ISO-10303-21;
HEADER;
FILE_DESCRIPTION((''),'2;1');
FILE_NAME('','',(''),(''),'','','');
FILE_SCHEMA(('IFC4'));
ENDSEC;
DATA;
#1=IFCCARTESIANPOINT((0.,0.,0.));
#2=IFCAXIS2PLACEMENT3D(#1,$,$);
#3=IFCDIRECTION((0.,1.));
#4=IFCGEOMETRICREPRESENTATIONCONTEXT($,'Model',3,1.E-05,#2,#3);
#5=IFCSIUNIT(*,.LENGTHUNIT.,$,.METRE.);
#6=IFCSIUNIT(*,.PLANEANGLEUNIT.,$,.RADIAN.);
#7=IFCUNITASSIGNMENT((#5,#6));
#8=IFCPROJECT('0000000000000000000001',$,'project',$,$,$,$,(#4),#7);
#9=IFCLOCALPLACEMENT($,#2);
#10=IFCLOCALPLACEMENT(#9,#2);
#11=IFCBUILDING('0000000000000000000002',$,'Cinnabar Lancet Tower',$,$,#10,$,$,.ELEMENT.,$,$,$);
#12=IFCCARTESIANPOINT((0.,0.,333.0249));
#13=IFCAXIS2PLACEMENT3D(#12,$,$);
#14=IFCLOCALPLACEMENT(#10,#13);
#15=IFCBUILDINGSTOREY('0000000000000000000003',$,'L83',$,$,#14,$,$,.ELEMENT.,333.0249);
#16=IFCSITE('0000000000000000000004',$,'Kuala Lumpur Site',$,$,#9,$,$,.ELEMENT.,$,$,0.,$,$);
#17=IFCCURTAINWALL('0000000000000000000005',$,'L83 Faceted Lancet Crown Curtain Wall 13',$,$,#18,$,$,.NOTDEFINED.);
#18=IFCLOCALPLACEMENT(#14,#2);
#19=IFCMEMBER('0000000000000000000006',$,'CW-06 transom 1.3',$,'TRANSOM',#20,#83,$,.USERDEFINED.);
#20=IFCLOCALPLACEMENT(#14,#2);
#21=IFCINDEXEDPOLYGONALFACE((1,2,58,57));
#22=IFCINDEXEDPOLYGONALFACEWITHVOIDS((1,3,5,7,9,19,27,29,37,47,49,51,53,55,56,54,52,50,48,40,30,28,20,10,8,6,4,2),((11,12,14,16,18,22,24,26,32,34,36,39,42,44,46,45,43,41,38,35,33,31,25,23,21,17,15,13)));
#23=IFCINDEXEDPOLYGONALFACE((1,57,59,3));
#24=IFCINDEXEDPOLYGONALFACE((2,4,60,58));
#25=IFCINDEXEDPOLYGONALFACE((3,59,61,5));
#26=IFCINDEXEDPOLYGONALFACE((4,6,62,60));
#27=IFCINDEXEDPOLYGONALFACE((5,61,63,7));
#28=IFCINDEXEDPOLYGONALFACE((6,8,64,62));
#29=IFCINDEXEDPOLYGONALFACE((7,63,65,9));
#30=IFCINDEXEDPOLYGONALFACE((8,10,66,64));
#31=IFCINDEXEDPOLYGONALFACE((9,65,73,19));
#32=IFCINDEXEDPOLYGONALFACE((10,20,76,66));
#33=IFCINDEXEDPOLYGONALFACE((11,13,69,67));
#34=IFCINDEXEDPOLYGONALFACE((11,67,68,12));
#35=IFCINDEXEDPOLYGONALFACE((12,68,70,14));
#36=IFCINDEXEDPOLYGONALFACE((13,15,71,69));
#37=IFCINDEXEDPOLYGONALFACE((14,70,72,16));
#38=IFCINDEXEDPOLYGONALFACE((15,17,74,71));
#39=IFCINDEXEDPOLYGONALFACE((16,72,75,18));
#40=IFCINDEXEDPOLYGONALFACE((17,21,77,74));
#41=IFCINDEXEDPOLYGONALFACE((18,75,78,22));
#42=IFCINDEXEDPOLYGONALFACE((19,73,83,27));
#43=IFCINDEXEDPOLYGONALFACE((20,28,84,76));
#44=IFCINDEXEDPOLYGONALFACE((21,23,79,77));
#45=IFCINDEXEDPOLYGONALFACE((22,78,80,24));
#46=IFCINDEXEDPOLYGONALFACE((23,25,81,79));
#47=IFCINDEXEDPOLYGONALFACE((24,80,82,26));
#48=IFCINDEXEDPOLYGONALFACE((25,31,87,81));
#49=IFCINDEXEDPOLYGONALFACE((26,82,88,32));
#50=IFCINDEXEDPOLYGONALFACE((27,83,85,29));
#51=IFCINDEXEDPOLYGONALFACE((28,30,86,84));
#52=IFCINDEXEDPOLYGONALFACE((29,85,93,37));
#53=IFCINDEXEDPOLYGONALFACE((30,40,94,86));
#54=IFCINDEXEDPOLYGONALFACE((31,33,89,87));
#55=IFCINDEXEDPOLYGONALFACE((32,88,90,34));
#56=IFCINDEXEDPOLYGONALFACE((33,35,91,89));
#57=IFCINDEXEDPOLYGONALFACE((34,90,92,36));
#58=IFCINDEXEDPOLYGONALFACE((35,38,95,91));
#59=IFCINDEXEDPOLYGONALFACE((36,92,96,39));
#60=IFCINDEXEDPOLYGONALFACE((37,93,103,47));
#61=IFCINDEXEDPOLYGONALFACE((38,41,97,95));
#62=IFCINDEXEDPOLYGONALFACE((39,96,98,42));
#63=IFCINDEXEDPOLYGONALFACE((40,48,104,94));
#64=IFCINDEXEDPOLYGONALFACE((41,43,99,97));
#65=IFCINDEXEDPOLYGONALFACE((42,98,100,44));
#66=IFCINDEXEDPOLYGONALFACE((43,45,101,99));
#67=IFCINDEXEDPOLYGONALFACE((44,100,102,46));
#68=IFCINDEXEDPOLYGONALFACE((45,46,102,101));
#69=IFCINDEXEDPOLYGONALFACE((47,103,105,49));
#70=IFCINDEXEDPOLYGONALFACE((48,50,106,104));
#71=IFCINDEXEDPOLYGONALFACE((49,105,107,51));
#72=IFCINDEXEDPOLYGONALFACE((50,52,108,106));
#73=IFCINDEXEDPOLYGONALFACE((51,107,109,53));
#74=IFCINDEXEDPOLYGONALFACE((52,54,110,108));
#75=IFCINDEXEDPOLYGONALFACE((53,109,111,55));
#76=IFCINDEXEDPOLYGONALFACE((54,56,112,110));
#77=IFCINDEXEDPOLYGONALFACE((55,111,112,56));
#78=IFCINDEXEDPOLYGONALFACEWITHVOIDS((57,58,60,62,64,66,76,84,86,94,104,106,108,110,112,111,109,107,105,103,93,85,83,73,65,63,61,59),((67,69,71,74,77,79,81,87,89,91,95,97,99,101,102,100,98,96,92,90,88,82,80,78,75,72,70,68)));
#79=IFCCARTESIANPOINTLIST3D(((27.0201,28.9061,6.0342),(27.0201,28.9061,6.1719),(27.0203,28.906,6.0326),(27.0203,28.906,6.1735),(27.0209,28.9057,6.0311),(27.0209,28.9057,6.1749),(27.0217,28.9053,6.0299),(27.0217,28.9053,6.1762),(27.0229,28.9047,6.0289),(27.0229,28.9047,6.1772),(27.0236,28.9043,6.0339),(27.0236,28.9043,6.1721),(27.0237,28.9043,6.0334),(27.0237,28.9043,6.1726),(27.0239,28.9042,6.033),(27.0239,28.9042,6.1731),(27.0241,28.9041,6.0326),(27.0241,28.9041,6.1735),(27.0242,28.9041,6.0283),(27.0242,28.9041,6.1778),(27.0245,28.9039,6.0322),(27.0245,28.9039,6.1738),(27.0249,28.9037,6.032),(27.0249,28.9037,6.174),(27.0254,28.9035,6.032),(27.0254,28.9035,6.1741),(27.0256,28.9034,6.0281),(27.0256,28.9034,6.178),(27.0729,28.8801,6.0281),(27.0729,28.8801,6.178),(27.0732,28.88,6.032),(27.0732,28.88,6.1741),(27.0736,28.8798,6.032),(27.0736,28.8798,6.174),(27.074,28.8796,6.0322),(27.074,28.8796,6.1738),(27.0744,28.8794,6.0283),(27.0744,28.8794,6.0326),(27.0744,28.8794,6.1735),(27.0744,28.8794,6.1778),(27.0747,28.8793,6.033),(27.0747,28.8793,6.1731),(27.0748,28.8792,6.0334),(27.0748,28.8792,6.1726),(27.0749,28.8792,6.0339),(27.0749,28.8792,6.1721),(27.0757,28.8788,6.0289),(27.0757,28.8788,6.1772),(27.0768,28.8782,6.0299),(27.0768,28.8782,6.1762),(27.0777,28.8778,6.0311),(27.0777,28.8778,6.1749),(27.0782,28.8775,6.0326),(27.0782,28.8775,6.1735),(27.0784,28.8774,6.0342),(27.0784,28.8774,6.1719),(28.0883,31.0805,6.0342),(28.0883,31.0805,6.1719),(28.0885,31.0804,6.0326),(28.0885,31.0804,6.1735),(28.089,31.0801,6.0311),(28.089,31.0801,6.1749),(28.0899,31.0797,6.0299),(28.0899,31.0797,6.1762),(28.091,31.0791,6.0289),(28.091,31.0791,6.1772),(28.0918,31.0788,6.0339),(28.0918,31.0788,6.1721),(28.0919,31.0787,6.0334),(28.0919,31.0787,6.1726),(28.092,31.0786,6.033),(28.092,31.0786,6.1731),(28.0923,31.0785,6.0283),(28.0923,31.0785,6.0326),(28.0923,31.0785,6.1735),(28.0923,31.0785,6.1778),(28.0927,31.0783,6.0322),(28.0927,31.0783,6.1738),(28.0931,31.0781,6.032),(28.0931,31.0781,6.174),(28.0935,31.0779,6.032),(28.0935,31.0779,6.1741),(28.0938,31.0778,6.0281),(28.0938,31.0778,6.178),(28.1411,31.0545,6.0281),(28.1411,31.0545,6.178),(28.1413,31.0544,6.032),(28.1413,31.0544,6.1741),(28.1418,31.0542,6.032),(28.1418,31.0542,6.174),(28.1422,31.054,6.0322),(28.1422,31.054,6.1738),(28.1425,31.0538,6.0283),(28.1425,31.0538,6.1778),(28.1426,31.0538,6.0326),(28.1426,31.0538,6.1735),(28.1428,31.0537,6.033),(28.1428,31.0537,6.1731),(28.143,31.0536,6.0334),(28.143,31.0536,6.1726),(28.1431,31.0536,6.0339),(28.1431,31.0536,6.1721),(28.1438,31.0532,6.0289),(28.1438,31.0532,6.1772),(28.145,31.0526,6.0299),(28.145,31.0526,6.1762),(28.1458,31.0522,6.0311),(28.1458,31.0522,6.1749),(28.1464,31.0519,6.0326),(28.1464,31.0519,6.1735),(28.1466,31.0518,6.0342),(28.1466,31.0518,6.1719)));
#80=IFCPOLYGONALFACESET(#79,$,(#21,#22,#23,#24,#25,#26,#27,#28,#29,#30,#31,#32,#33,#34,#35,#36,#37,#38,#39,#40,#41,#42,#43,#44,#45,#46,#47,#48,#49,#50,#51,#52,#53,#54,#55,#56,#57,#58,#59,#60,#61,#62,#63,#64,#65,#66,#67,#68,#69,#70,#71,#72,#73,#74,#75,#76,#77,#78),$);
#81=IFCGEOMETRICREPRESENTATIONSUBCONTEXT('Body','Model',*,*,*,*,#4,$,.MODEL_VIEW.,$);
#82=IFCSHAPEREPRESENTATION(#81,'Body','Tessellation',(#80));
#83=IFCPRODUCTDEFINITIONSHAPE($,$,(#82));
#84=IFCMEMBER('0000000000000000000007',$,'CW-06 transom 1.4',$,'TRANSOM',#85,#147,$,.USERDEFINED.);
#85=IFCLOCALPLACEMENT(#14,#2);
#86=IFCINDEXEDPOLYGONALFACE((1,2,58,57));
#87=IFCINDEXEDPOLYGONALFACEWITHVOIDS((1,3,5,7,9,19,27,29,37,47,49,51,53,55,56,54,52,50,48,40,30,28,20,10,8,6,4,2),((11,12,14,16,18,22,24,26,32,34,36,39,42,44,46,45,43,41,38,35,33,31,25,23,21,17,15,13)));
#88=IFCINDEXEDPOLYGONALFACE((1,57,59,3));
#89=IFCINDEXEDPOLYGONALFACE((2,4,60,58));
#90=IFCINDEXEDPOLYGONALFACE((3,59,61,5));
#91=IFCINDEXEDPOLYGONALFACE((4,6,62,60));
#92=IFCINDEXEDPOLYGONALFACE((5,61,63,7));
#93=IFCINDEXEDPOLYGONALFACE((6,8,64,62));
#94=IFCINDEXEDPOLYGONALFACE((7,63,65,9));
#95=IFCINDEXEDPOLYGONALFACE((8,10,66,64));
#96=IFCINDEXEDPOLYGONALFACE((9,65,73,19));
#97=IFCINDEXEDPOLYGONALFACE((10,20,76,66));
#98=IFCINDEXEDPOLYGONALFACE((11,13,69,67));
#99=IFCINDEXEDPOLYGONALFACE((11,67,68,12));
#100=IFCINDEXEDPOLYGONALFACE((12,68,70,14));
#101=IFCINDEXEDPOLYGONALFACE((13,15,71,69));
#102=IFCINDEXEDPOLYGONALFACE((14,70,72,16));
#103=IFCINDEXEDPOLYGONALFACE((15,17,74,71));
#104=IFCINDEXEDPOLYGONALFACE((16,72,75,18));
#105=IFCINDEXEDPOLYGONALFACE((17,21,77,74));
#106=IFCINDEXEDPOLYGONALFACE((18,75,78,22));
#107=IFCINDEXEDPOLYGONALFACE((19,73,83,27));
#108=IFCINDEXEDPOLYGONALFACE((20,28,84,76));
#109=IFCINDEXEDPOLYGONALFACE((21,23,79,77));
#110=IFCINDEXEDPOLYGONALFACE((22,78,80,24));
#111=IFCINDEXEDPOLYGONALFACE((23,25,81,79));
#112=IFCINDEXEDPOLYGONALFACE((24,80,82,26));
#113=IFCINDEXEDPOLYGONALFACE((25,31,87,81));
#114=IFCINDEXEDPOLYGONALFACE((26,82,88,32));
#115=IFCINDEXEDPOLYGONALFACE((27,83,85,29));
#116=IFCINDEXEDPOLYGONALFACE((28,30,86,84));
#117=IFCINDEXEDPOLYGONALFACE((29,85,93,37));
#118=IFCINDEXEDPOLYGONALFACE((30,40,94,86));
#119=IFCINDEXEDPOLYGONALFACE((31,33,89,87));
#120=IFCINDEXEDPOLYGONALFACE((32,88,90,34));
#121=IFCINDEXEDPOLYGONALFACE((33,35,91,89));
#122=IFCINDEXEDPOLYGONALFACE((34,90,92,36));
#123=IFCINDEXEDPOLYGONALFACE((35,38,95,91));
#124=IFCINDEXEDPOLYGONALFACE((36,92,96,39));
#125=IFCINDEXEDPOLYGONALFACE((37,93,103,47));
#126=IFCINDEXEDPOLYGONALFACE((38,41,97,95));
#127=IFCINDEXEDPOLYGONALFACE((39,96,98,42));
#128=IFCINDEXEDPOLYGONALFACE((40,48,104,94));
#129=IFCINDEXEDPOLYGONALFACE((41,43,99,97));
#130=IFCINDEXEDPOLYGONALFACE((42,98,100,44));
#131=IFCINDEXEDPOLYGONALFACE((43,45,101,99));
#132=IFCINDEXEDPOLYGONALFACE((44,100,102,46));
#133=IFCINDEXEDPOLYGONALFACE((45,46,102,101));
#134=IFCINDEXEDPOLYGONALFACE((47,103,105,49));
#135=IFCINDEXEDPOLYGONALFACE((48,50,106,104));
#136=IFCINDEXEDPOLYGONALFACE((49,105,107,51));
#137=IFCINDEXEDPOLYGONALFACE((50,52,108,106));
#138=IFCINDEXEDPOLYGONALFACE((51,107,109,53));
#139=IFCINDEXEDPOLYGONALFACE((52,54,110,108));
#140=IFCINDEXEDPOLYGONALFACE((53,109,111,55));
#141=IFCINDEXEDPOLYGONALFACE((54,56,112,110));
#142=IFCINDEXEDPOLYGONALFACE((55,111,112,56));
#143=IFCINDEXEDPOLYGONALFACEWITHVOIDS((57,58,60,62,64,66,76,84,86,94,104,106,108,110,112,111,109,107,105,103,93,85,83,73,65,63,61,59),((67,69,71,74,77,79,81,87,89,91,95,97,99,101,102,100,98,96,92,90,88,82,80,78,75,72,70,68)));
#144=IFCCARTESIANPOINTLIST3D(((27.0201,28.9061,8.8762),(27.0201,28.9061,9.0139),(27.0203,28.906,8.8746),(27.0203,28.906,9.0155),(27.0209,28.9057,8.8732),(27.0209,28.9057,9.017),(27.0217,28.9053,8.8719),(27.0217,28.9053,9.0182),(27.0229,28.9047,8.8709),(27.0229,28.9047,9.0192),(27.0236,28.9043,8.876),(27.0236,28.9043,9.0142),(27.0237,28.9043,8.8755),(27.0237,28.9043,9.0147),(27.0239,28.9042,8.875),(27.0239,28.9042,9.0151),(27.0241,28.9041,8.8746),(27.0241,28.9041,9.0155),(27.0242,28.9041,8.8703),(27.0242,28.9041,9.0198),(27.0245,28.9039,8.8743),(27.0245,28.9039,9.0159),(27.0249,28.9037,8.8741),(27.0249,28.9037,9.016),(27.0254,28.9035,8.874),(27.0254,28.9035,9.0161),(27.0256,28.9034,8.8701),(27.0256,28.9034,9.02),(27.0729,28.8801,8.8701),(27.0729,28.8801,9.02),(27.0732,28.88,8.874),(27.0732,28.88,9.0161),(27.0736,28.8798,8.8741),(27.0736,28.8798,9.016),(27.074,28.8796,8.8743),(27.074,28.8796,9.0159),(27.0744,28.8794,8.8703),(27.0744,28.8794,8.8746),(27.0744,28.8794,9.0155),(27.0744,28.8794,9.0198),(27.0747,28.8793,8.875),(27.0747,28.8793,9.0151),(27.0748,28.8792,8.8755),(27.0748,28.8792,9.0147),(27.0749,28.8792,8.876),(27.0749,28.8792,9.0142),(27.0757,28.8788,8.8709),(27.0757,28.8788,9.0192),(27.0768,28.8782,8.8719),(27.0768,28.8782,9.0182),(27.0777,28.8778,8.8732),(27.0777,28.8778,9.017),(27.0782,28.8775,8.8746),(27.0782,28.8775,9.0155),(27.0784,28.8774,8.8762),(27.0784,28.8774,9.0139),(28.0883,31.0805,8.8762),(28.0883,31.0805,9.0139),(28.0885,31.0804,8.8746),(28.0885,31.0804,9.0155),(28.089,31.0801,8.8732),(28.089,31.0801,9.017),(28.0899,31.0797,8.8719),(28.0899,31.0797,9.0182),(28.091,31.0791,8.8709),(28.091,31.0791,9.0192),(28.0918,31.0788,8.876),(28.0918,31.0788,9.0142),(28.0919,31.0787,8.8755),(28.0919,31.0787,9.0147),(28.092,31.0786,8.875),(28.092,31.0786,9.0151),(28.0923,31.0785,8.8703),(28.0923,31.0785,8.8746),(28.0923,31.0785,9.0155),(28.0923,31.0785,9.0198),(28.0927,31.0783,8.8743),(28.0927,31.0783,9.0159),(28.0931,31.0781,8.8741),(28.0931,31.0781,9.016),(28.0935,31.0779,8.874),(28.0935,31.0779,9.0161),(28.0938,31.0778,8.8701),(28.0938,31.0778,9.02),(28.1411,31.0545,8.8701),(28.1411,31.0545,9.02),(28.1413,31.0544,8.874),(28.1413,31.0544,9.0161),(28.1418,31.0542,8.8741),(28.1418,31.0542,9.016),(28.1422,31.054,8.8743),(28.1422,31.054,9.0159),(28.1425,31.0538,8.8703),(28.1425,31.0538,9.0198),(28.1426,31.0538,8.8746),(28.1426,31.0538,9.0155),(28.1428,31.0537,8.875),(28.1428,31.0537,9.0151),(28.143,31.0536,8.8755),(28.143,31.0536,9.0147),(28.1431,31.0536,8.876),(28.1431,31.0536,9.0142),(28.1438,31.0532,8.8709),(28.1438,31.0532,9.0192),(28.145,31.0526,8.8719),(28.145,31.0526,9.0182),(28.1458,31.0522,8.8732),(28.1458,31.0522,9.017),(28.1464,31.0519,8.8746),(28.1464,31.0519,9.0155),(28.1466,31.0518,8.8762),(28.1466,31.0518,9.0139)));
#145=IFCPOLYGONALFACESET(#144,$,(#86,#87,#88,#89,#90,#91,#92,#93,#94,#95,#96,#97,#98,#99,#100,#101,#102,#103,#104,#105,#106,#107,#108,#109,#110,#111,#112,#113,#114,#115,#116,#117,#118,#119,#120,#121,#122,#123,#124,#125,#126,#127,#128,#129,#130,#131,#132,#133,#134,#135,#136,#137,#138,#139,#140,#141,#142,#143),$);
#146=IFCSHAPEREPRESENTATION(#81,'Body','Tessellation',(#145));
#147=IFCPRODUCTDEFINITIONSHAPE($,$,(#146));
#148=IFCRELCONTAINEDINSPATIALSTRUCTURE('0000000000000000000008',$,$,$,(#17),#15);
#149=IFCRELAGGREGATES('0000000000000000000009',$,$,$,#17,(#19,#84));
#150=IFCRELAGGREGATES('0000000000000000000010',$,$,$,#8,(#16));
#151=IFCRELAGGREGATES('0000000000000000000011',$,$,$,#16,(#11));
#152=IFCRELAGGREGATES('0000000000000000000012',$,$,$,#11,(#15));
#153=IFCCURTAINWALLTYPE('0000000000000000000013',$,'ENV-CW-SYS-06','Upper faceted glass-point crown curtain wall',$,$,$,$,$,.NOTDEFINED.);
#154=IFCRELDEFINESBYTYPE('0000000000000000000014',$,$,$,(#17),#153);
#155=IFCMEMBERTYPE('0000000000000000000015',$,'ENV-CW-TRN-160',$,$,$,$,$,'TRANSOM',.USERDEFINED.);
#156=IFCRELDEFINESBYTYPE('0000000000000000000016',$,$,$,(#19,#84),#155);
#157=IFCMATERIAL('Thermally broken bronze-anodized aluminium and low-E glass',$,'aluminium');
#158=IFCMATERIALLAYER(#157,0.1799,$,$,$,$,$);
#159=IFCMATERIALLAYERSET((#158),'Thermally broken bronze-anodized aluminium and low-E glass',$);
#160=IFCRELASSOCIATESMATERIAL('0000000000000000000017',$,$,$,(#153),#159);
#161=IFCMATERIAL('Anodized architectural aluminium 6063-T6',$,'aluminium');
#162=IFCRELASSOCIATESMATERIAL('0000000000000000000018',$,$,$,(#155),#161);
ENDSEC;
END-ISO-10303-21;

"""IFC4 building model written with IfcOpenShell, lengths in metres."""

from ifc_helpers import new_model, si_unit, direction, frame, origin, origin_2d, place, context, subcontext, project, spatial, hollow_rectangle, extrude, material, layer, layer_set, material_profile, profile_set, type_object, element, aggregate, save


model = new_model("IFC4")

# Units and contexts
model_context = context("Model", 3, precision=1e-05, world=origin(), true_north=direction((0.0, 1.0)))
body_context = subcontext(model_context, "Body", "Model", "MODEL_VIEW")
ifc_project = project(units=[si_unit("LENGTHUNIT", "METRE"), si_unit("PLANEANGLEUNIT", "RADIAN")], contexts=[model_context])

# Site, building, storey
site_placement = place(None, origin())
site = spatial("IfcSite", under=ifc_project, at=site_placement, Name="Kuala Lumpur Site", CompositionType="ELEMENT", RefElevation=0.0)
building_placement = place(site_placement, origin())
building = spatial("IfcBuilding", under=site, at=building_placement, Name="Cinnabar Lancet Tower", CompositionType="ELEMENT")
storey_placement = place(building_placement, frame((0.0, 0.0, 333.0249)))
storey = spatial("IfcBuildingStorey", under=building, at=storey_placement, Name="L83", CompositionType="ELEMENT", Elevation=333.0249)

# Curtain wall
ifc_material_1 = material(Name="Thermally broken bronze-anodized aluminium and low-E glass", Category="aluminium")
ifc_layer_1 = layer(ifc_material_1, 0.1799)
ifc_layer_set_1 = layer_set([ifc_layer_1], Name="Thermally broken bronze-anodized aluminium and low-E glass")
curtain_wall_type = type_object("IfcCurtainWallType", Name="ENV-CW-SYS-06", Description="Upper faceted glass-point crown curtain wall", PredefinedType="NOTDEFINED", material=ifc_layer_set_1)
curtain_wall_1_placement = place(storey_placement, origin())
curtain_wall_1 = element("IfcCurtainWall", 1, at=curtain_wall_1_placement, inside=storey, type_object=curtain_wall_type, Name="L83 Faceted Lancet Crown Curtain Wall 13", PredefinedType="NOTDEFINED")

# Members
ifc_material_2 = material(Name="Anodized architectural aluminium 6063-T6", Category="aluminium")
ifc_material_profile_1 = material_profile(ifc_material_2, hollow_rectangle(XDim=0.0649, YDim=0.1499, WallThickness=0.0039, InnerFilletRadius=0.002, OuterFilletRadius=0.0061, at=origin_2d()), Name="CW-TRN 150x65x4")
ifc_profile_set_1 = profile_set([ifc_material_profile_1], Name="Anodized architectural aluminium 6063-T6")
member_type_1 = type_object("IfcMemberType", Name="ENV-CW-TRN-160", ElementType="TRANSOM", PredefinedType="USERDEFINED", material=ifc_profile_set_1)
member_1_placement = place(storey_placement, frame((28.1174, 31.0662, 6.103), z_axis=(-0.440914, -0.897549, 0.0), x_axis=(0.897549, -0.440914, 0.0)))
member_1 = element("IfcMember", 2, at=member_1_placement, type_object=member_type_1, Name="CW-06 transom 1.3", ObjectType="TRANSOM", PredefinedType="USERDEFINED", context=body_context, shape_type="SweptSolid", body=[
    extrude(hollow_rectangle(XDim=0.0649, YDim=0.1499, WallThickness=0.0039, InnerFilletRadius=0.002, OuterFilletRadius=0.0061, at=origin_2d()), origin(), (0.0, 0.0, 1.0), 2.4226),
])
member_2_placement = place(storey_placement, frame((28.1174, 31.0662, 8.9451), z_axis=(-0.440914, -0.897549, 0.0), x_axis=(0.897549, -0.440914, 0.0)))
member_2 = element("IfcMember", 3, at=member_2_placement, type_object=member_type_1, Name="CW-06 transom 1.4", ObjectType="TRANSOM", PredefinedType="USERDEFINED", context=body_context, shape_type="SweptSolid", body=[
    extrude(hollow_rectangle(XDim=0.0649, YDim=0.1499, WallThickness=0.0039, InnerFilletRadius=0.002, OuterFilletRadius=0.0061, at=origin_2d()), origin(), (0.0, 0.0, 1.0), 2.4226),
])

aggregate(curtain_wall_1, [member_1, member_2])

save(model, "model.ifc")
